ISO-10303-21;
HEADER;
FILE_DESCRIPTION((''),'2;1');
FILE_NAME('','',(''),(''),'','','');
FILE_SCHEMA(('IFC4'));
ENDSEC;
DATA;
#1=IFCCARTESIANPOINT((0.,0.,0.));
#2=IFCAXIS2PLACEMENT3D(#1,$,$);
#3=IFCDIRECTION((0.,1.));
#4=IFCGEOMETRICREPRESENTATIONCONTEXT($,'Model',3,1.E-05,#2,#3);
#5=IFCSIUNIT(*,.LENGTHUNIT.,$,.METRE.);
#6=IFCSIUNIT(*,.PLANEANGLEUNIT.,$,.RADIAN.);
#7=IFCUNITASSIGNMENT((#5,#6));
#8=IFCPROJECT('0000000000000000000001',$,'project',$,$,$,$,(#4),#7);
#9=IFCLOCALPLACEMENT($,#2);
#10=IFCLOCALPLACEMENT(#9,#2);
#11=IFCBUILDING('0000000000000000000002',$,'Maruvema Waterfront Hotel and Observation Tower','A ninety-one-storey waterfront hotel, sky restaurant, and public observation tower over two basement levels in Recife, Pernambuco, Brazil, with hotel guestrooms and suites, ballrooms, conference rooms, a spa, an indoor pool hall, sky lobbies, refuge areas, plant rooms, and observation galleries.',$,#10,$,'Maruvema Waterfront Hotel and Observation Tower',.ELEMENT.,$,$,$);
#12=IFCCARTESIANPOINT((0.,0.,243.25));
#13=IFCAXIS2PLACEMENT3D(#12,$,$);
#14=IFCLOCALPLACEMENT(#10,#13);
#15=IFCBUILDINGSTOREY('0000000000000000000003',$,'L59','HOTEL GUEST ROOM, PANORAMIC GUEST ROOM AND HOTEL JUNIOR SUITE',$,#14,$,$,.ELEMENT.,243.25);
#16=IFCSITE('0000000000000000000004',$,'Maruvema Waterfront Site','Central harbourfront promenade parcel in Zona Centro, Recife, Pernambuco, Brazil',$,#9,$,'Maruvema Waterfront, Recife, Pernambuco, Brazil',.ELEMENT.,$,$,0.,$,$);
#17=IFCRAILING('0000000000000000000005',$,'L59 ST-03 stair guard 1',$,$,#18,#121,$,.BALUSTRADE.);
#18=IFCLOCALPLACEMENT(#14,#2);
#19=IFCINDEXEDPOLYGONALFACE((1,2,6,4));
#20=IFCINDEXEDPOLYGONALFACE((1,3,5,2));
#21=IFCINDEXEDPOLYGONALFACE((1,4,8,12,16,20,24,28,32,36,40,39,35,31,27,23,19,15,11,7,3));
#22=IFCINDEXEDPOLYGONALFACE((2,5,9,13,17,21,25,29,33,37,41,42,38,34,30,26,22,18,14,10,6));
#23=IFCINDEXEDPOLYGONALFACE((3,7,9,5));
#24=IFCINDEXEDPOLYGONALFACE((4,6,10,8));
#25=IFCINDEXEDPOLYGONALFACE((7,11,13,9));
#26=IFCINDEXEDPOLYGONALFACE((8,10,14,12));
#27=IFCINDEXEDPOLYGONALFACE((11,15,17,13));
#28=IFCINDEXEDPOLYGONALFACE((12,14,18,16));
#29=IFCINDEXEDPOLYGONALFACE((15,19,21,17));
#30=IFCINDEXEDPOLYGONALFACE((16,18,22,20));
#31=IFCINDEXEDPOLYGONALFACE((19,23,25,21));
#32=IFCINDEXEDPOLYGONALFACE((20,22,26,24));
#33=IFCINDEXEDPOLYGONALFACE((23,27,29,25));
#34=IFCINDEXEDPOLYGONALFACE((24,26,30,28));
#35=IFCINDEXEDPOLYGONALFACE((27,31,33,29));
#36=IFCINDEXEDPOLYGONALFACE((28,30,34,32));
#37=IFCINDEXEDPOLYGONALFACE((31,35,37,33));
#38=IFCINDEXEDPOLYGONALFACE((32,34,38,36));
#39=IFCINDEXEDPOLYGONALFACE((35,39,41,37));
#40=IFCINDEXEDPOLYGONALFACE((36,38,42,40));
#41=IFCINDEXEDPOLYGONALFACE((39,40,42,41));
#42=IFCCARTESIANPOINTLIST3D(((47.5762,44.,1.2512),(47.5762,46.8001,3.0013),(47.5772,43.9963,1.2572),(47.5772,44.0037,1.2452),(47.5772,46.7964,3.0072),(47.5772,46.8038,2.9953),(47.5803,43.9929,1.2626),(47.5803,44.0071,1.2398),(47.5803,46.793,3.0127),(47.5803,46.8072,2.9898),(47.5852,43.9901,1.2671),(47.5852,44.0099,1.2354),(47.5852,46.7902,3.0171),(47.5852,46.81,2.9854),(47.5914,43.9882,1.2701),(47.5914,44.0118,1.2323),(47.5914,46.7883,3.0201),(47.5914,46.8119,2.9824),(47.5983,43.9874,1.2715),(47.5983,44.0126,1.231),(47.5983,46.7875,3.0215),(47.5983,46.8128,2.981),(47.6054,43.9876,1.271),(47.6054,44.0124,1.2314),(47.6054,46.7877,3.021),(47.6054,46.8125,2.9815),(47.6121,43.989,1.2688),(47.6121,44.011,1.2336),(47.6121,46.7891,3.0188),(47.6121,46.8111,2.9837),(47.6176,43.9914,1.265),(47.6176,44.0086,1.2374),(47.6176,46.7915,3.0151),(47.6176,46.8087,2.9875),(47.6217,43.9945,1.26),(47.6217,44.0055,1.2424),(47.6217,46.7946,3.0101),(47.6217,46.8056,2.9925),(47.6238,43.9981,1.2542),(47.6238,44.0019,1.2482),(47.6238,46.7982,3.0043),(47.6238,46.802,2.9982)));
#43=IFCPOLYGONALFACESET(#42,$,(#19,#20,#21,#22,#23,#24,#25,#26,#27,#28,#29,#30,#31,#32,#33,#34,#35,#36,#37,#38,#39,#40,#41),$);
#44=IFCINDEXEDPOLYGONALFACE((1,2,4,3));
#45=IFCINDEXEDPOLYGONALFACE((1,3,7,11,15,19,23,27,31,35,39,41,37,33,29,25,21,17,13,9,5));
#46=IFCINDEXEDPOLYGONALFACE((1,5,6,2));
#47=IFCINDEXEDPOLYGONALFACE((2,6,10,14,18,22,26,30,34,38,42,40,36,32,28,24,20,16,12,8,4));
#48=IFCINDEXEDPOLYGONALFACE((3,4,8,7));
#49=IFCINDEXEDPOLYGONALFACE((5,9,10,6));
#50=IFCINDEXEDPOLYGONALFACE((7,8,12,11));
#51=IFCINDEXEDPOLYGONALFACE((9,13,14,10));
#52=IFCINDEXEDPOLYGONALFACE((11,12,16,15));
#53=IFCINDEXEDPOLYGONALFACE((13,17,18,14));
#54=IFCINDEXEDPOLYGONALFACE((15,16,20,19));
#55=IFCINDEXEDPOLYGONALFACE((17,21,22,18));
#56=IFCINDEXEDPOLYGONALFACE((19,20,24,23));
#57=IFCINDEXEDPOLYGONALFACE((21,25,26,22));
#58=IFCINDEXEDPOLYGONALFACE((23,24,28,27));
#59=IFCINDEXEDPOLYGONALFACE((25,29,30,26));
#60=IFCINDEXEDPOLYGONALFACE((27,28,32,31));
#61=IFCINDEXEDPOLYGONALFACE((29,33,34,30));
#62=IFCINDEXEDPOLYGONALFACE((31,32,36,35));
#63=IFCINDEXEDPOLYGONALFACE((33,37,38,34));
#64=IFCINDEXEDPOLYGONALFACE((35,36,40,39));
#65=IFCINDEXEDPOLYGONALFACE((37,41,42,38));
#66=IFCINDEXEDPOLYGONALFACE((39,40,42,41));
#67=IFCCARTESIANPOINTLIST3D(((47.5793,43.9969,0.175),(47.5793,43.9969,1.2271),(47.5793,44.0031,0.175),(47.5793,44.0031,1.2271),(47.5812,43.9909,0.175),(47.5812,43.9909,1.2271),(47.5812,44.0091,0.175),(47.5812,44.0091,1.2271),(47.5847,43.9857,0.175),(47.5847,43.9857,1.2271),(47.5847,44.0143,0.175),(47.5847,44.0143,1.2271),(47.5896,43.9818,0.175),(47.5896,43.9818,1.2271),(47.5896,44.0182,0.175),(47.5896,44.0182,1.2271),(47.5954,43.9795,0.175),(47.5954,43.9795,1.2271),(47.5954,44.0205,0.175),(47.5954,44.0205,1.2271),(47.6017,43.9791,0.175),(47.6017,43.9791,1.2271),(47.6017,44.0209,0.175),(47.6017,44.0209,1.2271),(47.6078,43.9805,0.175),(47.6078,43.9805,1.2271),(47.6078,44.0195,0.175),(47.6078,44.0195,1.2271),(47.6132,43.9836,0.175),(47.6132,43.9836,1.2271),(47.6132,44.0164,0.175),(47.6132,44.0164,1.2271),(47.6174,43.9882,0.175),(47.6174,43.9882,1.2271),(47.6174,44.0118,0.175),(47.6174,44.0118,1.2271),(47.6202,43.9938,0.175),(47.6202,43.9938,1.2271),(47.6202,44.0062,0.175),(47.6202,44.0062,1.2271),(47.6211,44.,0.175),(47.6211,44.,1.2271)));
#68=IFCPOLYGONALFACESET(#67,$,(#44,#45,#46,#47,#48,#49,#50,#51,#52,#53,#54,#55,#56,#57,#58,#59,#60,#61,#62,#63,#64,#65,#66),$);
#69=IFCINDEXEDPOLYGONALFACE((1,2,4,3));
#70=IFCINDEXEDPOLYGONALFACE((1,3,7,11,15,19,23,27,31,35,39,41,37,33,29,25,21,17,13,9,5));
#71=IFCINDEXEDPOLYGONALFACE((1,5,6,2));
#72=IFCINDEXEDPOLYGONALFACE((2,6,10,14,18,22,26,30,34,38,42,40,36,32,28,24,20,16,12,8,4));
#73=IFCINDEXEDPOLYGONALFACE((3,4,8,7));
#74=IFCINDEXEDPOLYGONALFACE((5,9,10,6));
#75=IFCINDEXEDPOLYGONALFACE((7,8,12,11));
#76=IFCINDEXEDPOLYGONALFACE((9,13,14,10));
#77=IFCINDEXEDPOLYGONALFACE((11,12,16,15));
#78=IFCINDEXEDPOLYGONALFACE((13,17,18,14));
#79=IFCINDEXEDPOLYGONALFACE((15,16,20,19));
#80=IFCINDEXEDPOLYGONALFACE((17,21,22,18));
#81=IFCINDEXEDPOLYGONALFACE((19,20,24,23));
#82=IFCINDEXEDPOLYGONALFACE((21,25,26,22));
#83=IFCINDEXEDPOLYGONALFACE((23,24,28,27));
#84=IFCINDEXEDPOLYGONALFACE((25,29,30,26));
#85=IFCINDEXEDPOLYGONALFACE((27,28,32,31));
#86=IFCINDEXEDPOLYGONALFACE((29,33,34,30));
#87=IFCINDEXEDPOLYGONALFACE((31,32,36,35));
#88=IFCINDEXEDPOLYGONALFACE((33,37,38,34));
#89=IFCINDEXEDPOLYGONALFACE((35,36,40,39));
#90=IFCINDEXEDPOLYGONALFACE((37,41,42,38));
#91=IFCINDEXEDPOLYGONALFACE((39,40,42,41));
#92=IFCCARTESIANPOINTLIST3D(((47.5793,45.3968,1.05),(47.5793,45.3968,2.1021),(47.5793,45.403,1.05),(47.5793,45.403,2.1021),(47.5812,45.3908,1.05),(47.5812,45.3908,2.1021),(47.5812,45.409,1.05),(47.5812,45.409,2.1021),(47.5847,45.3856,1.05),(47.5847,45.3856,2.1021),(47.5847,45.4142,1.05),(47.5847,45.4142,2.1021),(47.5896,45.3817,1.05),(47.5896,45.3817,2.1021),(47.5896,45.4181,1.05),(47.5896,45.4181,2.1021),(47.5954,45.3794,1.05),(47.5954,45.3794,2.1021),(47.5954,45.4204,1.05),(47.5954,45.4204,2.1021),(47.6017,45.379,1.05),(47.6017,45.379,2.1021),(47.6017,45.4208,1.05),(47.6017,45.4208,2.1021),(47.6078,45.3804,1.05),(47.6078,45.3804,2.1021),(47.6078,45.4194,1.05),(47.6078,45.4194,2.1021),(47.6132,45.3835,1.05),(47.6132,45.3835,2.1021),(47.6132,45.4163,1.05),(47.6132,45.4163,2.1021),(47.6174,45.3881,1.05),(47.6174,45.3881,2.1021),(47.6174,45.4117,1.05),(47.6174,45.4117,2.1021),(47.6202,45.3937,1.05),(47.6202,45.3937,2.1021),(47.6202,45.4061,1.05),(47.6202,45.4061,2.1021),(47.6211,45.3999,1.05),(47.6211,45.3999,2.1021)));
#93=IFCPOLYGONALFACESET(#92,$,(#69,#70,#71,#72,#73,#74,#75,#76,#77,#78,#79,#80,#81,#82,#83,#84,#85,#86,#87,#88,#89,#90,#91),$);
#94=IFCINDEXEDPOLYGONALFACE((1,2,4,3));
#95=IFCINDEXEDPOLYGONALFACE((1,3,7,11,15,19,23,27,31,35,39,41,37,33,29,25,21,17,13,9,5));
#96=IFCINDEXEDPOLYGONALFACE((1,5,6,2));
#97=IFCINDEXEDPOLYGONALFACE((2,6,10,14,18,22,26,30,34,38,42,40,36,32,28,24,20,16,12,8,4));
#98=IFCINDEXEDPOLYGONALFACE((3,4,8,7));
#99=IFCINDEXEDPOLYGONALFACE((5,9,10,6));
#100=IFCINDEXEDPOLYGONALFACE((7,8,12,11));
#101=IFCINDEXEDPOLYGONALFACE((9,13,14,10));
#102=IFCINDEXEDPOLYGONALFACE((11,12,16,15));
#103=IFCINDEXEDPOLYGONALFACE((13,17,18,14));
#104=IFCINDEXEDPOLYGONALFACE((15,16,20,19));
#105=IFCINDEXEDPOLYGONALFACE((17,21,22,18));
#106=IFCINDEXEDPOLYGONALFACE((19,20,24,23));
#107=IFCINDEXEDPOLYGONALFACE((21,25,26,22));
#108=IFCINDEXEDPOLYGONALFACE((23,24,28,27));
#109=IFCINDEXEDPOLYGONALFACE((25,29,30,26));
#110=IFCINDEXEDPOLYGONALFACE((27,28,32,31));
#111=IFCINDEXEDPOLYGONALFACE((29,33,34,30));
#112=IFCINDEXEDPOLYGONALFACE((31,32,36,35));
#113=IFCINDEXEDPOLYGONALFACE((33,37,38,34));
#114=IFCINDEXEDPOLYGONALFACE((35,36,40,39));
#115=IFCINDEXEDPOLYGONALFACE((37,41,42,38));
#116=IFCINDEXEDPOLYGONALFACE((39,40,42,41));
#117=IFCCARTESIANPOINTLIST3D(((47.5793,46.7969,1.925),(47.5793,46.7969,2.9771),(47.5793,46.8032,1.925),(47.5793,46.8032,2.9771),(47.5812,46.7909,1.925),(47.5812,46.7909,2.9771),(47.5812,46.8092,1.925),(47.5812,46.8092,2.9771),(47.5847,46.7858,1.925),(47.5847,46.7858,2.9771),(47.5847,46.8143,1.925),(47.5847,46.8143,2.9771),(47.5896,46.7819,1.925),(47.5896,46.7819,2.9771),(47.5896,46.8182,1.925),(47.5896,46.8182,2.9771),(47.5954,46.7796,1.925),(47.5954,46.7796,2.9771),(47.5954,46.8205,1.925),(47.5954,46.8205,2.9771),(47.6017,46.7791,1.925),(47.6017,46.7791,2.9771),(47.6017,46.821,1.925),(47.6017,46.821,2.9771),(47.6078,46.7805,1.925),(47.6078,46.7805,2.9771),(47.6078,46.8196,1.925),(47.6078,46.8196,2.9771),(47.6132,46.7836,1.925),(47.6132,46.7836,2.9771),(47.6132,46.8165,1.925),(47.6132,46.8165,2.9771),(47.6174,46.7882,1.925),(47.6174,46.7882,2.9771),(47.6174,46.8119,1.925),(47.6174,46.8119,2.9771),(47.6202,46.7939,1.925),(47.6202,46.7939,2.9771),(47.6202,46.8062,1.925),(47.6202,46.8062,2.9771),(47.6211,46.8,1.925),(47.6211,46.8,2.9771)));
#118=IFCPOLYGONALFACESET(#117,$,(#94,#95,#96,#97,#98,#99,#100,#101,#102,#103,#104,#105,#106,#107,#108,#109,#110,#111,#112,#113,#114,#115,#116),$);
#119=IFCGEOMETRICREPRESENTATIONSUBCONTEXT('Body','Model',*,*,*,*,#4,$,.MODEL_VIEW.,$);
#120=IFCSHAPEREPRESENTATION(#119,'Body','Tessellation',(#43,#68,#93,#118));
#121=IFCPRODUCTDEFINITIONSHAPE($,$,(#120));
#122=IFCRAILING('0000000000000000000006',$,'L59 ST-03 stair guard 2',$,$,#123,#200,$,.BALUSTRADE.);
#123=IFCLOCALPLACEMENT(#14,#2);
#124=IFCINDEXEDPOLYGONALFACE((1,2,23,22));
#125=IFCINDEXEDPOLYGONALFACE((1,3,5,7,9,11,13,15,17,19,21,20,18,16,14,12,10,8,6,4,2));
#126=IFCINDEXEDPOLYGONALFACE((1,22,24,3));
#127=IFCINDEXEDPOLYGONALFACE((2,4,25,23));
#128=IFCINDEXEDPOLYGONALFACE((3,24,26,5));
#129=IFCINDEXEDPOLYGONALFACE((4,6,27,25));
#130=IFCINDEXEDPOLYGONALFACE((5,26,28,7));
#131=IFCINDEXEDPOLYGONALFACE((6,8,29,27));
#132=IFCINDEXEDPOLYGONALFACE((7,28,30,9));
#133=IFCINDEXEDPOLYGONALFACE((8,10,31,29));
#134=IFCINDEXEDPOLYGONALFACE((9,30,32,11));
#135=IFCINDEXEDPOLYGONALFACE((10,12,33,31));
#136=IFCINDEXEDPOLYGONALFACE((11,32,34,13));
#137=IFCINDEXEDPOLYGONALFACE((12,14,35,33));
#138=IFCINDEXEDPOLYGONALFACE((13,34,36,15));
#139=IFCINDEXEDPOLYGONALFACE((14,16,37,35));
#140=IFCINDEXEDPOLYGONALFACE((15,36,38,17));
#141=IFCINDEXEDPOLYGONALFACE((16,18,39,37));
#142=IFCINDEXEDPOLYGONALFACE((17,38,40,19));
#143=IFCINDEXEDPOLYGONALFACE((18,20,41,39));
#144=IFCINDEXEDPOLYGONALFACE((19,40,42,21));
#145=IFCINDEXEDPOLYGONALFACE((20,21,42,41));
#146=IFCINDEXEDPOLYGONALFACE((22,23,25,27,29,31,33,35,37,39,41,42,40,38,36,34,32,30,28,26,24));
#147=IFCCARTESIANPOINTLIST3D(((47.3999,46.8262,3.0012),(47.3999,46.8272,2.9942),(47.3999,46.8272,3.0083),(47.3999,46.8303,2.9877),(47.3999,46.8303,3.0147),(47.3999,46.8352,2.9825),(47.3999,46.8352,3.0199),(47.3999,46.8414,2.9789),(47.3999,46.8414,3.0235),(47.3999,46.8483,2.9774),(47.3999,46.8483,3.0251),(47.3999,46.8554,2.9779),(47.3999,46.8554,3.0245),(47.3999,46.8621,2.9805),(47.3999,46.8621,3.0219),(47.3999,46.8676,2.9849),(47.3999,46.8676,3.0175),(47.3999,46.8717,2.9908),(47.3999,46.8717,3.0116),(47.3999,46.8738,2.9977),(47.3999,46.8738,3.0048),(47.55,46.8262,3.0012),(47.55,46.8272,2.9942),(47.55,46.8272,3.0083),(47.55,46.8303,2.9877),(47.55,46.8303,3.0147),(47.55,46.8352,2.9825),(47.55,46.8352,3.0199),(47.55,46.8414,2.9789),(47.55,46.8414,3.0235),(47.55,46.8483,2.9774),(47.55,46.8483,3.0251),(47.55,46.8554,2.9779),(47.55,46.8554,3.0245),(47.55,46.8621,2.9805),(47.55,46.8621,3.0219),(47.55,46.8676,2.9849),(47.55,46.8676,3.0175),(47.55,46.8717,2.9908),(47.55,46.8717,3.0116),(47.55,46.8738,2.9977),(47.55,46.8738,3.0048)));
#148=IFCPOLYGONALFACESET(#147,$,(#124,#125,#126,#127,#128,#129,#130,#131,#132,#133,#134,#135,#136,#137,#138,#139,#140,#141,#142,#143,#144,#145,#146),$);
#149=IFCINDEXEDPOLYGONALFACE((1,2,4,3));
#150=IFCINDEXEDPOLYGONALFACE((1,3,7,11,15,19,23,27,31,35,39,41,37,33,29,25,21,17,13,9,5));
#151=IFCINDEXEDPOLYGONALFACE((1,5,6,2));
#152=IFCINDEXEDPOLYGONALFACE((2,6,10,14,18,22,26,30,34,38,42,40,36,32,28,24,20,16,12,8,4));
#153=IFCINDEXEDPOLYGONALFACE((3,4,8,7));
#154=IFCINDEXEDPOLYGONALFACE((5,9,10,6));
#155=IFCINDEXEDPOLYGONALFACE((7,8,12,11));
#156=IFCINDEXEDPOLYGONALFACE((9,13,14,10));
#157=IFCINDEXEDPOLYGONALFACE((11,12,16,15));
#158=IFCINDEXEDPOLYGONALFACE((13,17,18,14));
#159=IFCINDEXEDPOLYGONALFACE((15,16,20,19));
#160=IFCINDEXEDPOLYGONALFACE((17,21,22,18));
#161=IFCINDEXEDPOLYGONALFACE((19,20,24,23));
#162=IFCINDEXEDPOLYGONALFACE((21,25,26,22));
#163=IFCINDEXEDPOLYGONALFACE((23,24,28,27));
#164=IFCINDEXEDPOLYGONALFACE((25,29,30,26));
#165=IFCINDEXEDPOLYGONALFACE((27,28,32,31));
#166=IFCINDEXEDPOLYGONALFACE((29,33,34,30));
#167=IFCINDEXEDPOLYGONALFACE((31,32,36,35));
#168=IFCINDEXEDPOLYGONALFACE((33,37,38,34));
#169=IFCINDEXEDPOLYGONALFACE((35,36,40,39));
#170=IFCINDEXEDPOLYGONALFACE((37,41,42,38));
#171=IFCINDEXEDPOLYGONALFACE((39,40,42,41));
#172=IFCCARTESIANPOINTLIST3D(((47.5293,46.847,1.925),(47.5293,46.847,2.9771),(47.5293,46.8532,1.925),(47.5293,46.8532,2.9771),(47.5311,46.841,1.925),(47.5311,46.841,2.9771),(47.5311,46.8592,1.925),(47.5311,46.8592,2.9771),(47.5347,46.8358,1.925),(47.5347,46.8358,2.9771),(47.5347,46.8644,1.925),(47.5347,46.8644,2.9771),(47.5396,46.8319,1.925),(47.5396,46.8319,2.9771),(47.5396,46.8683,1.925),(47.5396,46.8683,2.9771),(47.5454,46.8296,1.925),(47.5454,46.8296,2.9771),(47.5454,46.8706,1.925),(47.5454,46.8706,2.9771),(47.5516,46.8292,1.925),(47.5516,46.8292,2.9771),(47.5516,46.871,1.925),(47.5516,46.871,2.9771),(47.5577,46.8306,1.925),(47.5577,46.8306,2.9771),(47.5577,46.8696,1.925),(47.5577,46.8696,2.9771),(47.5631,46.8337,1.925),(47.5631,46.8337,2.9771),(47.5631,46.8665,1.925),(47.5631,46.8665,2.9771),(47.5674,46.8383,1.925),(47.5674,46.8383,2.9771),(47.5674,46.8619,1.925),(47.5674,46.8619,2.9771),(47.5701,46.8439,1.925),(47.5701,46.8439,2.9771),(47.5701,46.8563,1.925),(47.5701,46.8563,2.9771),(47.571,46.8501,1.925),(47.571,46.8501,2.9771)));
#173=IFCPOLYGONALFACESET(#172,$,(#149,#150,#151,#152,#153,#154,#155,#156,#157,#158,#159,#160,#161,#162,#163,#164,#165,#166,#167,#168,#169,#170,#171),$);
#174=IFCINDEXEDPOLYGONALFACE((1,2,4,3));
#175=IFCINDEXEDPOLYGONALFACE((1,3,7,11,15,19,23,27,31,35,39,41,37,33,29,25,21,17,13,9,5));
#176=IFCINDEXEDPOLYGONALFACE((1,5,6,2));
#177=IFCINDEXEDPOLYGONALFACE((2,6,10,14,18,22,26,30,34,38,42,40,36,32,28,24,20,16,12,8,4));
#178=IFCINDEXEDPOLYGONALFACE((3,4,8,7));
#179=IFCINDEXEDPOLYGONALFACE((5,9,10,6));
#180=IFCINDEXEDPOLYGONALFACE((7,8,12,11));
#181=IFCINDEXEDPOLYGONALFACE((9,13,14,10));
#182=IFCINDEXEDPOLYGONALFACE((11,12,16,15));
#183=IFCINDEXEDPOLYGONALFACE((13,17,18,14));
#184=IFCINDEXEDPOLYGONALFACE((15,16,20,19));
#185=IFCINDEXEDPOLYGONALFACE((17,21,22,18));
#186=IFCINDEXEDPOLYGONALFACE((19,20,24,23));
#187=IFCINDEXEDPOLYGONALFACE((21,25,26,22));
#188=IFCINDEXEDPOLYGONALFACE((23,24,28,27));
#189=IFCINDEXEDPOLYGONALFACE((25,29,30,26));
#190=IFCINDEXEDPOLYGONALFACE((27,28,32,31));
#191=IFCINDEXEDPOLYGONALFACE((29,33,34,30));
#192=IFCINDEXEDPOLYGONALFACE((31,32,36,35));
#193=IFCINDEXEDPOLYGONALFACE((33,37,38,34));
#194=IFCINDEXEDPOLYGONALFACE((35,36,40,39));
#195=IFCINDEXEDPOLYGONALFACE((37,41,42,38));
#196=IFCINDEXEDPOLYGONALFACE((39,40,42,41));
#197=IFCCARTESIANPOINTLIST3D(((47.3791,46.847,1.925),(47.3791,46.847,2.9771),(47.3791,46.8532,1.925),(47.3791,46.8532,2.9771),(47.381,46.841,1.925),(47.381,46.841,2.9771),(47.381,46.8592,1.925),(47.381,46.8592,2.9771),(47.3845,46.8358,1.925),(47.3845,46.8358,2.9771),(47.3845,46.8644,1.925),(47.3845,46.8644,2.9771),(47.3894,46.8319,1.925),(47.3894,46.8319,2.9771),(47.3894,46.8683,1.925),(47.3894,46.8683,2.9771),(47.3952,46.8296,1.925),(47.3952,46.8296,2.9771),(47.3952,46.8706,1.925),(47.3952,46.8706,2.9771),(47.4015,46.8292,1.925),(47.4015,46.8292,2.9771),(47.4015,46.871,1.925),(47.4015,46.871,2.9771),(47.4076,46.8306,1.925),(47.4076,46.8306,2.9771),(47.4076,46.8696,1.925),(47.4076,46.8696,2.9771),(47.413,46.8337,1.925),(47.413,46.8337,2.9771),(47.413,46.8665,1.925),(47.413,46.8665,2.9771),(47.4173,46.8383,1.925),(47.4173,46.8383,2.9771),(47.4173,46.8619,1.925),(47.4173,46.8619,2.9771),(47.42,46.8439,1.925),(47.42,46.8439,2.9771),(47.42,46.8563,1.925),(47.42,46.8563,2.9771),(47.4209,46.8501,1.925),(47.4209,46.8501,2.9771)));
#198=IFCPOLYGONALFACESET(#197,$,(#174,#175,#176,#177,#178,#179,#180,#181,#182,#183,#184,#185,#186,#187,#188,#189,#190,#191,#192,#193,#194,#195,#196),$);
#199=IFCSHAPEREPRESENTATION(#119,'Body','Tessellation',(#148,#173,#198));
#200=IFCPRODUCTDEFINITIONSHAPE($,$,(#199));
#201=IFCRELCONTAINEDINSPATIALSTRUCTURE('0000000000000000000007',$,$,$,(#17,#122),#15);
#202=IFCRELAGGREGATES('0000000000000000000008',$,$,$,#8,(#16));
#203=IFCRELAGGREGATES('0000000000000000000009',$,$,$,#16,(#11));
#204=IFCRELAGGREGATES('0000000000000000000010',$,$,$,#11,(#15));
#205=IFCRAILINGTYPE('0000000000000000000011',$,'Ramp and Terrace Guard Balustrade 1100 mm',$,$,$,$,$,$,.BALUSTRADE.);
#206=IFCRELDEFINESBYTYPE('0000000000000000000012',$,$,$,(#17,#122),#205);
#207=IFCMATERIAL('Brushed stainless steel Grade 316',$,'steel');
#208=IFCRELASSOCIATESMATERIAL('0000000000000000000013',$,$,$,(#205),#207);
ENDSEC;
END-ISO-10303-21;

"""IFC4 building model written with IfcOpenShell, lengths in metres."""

from ifc_helpers import new_model, si_unit, direction, frame, origin, origin_2d, place, context, subcontext, project, spatial, circle, extrude, material, type_object, element, save


model = new_model("IFC4")

# Units and contexts
model_context = context("Model", 3, precision=1e-05, world=origin(), true_north=direction((0.0, 1.0)))
body_context = subcontext(model_context, "Body", "Model", "MODEL_VIEW")
ifc_project = project(units=[si_unit("LENGTHUNIT", "METRE"), si_unit("PLANEANGLEUNIT", "RADIAN")], contexts=[model_context])

# Site, building, storey
site_placement = place(None, origin())
site = spatial("IfcSite", under=ifc_project, at=site_placement, Name="Maruvema Waterfront Site", Description="Central harbourfront promenade parcel in Zona Centro, Recife, Pernambuco, Brazil", LongName="Maruvema Waterfront, Recife, Pernambuco, Brazil", CompositionType="ELEMENT", RefElevation=0.0)
building_placement = place(site_placement, origin())
building = spatial("IfcBuilding", under=site, at=building_placement, Name="Maruvema Waterfront Hotel and Observation Tower", Description="A ninety-one-storey waterfront hotel, sky restaurant, and public observation tower over two basement levels in Recife, Pernambuco, Brazil, with hotel guestrooms and suites, ballrooms, conference rooms, a spa, an indoor pool hall, sky lobbies, refuge areas, plant rooms, and observation galleries.", LongName="Maruvema Waterfront Hotel and Observation Tower", CompositionType="ELEMENT")
storey_placement = place(building_placement, frame((0.0, 0.0, 243.25)))
storey = spatial("IfcBuildingStorey", under=building, at=storey_placement, Name="L59", Description="HOTEL GUEST ROOM, PANORAMIC GUEST ROOM AND HOTEL JUNIOR SUITE", CompositionType="ELEMENT", Elevation=243.25)

# Railings
ifc_material_1 = material(Name="Brushed stainless steel Grade 316", Category="steel")
railing_type_1 = type_object("IfcRailingType", Name="Ramp and Terrace Guard Balustrade 1100 mm", PredefinedType="BALUSTRADE", material=ifc_material_1)
railing_1_placement = place(storey_placement, frame((47.6001, 44.0, 0.175)))
element("IfcRailing", 1, at=railing_1_placement, inside=storey, type_object=railing_type_1, Name="L59 ST-03 stair guard 1", PredefinedType="BALUSTRADE", context=body_context, shape_type="SweptSolid", body=[
    extrude(circle(Radius=0.0239, at=origin_2d()), frame((0.0, 0.0, 1.0762), z_axis=(0.0, 0.848002, 0.529992), x_axis=(-1.0, 0.0, 0.0)), (0.0, 0.0, 1.0), 3.302),
    extrude(circle(Radius=0.021, at=origin_2d()), origin(), (0.0, 0.0, 1.0), 1.052),
    extrude(circle(Radius=0.021, at=origin_2d()), frame((0.0, 1.3999, 0.875)), (0.0, 0.0, 1.0), 1.052),
    extrude(circle(Radius=0.021, at=origin_2d()), frame((0.0, 2.8, 1.75)), (0.0, 0.0, 1.0), 1.052),
])
railing_2_placement = place(storey_placement, frame((47.55, 46.8501, 1.925)))
element("IfcRailing", 2, at=railing_2_placement, inside=storey, type_object=railing_type_1, Name="L59 ST-03 stair guard 2", PredefinedType="BALUSTRADE", context=body_context, shape_type="SweptSolid", body=[
    extrude(circle(Radius=0.0239, at=origin_2d()), frame((0.0, 0.0, 1.0762), z_axis=(-1.0, 0.0, 0.0), x_axis=(0.0, -1.0, 0.0)), (0.0, 0.0, 1.0), 0.1501),
    extrude(circle(Radius=0.021, at=origin_2d()), origin(), (0.0, 0.0, 1.0), 1.052),
    extrude(circle(Radius=0.021, at=origin_2d()), frame((-0.1501, 0.0, 0.0)), (0.0, 0.0, 1.0), 1.052),
])

save(model, "model.ifc")
